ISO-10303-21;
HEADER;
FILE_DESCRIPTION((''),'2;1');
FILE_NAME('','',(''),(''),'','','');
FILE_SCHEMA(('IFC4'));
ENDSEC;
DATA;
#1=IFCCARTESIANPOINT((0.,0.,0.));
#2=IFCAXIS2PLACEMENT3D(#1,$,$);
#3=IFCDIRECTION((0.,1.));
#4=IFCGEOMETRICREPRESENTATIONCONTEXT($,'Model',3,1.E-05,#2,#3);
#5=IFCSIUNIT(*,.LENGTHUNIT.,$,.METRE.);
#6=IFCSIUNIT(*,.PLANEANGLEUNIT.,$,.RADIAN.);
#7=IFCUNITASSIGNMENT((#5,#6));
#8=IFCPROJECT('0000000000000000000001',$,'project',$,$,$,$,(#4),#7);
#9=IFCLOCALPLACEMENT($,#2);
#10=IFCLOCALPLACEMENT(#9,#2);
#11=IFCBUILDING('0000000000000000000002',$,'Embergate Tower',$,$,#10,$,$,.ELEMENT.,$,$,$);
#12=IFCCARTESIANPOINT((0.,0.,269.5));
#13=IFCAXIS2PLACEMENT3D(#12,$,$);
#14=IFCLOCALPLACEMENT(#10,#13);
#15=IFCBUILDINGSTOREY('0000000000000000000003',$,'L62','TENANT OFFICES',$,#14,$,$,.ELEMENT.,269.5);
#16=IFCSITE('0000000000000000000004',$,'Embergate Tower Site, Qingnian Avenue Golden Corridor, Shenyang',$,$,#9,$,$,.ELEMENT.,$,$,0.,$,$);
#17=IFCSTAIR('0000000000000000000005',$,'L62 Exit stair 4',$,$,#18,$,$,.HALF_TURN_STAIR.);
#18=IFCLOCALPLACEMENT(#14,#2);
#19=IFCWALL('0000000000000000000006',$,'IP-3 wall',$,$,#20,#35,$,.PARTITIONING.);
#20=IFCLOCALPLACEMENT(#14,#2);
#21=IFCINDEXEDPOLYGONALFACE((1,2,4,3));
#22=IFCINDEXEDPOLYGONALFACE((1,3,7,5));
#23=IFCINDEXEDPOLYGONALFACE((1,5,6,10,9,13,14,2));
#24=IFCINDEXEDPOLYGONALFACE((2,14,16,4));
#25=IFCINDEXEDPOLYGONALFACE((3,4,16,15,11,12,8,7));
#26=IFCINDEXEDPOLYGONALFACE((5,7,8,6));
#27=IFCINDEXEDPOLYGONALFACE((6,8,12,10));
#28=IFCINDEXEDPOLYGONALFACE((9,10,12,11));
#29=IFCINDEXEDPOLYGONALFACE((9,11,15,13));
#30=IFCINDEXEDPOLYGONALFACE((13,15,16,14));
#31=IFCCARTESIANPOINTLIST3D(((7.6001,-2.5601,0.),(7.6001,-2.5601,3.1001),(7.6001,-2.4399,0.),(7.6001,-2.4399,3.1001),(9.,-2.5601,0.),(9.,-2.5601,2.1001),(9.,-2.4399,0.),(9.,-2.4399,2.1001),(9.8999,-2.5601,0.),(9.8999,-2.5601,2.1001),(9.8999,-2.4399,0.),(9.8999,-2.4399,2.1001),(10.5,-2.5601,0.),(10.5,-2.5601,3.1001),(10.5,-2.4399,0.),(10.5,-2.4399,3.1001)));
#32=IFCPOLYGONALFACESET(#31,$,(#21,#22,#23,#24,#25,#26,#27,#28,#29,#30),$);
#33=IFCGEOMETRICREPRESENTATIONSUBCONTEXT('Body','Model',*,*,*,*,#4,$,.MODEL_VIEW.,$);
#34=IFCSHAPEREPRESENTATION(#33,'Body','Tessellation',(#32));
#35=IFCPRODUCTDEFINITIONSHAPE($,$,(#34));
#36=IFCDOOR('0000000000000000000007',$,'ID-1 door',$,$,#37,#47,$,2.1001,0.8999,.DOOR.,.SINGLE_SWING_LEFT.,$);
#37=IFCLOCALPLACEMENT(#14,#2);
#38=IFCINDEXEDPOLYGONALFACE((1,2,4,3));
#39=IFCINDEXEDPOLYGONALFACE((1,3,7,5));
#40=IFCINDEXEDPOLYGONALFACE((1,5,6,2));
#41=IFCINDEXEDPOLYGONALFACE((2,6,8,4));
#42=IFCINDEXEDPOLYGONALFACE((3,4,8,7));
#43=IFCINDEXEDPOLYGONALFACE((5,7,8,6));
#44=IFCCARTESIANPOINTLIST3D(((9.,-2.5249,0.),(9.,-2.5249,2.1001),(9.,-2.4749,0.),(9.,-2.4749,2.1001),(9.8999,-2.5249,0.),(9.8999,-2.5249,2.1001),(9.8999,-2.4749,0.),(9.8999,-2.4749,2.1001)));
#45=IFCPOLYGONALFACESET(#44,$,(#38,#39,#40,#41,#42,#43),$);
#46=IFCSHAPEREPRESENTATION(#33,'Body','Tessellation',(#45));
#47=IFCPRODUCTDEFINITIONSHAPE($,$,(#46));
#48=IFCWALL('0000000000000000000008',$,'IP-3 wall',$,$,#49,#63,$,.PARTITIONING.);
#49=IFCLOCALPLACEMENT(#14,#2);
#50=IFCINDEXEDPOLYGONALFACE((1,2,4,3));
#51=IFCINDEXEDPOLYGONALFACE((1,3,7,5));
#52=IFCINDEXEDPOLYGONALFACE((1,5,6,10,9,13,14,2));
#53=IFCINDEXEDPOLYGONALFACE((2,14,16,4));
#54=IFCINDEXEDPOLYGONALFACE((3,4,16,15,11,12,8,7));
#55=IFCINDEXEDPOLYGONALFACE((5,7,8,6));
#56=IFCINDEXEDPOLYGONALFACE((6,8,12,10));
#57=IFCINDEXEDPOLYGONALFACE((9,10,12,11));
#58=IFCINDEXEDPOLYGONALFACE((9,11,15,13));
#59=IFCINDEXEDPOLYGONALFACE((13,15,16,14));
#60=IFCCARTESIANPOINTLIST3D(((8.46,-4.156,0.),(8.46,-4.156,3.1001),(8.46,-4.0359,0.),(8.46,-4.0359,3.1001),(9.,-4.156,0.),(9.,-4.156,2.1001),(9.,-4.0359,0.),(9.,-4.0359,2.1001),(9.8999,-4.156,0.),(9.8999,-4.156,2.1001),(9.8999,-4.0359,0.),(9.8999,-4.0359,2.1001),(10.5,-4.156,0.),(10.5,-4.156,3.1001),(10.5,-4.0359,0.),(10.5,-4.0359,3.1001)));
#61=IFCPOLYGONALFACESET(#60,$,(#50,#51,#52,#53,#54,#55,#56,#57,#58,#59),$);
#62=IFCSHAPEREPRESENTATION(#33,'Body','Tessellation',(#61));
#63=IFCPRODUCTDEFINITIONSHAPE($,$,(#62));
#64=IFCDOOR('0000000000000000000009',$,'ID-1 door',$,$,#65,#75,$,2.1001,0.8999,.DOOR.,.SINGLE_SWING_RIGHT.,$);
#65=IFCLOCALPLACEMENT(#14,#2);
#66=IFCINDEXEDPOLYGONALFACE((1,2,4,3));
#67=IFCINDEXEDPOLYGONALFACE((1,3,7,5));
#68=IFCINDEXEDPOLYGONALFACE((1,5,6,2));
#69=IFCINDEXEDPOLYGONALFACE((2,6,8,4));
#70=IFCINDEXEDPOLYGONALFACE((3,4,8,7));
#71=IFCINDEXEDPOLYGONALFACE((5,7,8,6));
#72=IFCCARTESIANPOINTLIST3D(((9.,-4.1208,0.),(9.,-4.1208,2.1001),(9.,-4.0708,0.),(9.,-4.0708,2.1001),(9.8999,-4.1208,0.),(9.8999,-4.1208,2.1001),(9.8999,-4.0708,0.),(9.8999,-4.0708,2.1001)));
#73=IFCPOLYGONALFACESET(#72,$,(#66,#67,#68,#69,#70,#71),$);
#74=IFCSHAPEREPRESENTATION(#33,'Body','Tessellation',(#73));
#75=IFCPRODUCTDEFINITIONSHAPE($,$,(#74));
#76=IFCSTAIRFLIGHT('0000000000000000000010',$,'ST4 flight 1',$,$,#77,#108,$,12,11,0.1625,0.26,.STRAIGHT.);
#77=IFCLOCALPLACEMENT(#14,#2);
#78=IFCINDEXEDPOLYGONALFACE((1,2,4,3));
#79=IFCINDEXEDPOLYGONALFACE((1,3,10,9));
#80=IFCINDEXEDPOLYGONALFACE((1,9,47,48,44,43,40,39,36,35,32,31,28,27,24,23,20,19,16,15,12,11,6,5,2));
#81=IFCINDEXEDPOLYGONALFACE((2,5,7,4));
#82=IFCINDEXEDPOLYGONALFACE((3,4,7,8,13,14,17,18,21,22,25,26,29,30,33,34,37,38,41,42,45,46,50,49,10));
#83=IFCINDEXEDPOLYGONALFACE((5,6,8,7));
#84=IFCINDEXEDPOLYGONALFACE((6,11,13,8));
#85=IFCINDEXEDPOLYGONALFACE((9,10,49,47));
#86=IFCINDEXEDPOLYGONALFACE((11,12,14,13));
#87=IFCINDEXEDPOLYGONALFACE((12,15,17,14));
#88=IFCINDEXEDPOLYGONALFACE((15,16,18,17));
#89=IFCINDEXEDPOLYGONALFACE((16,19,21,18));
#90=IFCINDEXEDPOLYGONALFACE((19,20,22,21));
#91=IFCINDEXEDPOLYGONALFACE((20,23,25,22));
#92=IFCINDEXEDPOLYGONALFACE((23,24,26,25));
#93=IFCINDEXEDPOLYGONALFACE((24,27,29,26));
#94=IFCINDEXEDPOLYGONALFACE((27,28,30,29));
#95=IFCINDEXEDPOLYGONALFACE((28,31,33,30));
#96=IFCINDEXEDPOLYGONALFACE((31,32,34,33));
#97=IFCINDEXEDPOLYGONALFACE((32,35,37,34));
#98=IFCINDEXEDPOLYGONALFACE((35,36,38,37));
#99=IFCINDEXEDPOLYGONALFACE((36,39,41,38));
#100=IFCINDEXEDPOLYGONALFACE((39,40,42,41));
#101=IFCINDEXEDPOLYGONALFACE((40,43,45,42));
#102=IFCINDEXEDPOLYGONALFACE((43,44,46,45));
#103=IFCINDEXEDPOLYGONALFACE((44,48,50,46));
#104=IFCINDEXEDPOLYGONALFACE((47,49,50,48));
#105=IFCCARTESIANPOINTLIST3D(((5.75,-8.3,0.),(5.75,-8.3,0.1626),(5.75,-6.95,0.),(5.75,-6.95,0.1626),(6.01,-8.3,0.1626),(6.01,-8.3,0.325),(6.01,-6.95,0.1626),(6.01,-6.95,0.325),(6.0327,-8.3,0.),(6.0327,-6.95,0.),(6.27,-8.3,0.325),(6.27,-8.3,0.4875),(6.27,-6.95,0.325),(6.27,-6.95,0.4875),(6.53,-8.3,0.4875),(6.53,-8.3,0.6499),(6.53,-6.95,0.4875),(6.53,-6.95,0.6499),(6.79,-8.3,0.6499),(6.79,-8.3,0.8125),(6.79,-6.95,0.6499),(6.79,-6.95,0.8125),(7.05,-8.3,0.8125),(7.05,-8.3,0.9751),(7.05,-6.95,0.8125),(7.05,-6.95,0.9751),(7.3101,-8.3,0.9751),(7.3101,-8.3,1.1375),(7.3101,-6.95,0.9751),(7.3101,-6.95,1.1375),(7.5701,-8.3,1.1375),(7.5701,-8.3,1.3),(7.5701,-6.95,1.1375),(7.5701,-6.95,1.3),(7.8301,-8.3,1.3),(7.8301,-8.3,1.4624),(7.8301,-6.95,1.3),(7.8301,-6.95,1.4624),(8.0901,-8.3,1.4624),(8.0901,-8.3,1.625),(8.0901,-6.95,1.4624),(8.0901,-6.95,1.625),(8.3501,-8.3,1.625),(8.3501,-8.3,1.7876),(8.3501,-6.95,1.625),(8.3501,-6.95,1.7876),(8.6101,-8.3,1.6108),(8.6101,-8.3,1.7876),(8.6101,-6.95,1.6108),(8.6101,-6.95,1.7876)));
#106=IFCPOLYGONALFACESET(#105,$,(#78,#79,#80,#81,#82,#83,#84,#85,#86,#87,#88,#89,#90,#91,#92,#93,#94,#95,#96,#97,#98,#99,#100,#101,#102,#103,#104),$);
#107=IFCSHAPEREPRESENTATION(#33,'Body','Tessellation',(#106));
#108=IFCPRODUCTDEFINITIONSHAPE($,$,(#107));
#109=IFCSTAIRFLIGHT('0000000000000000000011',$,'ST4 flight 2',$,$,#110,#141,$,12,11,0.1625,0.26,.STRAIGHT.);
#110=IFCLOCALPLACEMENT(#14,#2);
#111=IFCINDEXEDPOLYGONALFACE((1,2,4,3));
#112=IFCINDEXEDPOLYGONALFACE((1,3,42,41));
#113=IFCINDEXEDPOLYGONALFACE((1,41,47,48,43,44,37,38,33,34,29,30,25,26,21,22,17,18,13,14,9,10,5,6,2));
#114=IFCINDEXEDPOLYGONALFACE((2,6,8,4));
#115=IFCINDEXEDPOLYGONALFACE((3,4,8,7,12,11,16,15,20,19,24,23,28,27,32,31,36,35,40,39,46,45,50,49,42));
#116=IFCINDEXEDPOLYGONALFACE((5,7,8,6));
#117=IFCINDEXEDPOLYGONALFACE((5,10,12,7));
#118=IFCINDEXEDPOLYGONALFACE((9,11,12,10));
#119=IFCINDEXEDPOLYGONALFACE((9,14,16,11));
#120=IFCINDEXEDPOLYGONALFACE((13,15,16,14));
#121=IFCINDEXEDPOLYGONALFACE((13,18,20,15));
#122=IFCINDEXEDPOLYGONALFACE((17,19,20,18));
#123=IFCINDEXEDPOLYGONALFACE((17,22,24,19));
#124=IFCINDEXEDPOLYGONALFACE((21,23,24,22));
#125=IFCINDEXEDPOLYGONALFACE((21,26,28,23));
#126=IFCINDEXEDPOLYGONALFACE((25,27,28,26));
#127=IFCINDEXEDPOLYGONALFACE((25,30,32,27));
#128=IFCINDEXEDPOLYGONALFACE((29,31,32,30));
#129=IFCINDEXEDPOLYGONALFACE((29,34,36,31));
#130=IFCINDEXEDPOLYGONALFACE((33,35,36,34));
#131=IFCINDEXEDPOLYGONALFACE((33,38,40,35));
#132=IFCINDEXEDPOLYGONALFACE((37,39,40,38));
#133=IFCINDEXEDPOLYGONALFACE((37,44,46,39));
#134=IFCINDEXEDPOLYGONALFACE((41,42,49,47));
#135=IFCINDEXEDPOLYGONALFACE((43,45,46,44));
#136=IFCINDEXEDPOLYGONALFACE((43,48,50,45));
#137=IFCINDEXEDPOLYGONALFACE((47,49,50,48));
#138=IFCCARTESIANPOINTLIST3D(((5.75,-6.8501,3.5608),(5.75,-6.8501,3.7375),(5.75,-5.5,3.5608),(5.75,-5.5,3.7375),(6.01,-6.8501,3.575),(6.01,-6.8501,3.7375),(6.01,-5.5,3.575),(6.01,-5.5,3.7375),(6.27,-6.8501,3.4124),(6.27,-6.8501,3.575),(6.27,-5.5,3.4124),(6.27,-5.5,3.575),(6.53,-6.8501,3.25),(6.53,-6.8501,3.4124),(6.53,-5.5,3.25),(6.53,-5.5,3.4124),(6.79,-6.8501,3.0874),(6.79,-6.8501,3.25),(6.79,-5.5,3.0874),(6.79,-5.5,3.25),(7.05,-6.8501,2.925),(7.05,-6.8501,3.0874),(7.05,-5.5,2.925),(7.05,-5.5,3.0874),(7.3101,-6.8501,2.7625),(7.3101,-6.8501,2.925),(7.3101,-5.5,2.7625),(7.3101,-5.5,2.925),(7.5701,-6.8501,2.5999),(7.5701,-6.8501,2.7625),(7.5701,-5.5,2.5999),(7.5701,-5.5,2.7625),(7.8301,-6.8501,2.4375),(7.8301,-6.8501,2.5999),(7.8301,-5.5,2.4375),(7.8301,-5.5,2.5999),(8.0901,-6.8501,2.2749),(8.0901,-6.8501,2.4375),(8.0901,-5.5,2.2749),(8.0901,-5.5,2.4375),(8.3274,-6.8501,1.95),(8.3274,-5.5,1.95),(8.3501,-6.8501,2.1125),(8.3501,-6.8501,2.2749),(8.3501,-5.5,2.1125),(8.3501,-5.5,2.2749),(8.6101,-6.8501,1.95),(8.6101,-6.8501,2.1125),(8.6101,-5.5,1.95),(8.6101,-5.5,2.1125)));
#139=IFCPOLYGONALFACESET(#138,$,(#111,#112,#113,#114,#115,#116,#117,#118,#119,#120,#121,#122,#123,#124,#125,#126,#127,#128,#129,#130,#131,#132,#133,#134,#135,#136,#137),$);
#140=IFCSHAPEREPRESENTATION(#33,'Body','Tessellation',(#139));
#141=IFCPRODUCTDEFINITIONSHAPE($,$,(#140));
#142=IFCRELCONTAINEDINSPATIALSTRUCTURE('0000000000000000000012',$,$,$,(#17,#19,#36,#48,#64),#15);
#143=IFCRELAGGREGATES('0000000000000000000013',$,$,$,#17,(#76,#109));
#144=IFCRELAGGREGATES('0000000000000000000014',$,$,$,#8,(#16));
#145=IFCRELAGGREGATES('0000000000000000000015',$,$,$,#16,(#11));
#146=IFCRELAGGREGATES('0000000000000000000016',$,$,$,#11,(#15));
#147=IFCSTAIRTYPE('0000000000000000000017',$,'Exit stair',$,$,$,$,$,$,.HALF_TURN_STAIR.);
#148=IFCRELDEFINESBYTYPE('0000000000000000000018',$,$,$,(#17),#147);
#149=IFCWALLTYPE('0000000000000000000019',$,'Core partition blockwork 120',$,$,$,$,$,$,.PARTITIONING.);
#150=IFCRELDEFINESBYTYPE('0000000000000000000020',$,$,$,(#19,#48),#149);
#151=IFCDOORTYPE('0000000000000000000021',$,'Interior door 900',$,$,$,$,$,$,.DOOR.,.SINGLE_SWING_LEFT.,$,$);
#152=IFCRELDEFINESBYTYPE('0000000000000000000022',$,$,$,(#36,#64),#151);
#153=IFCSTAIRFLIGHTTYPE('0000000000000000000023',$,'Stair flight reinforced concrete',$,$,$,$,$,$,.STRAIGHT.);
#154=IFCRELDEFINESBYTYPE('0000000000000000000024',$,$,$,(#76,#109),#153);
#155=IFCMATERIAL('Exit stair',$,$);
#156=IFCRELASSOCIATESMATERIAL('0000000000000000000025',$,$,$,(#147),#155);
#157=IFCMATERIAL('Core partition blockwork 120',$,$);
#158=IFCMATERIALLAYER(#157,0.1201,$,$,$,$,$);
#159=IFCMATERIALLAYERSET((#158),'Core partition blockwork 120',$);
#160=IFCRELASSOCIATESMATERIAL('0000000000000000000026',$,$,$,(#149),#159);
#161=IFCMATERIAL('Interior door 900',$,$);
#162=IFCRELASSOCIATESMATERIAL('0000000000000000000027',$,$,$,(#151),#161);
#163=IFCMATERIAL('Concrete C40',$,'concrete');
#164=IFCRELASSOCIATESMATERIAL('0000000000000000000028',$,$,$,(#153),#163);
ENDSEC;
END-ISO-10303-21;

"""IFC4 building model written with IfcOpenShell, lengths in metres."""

from ifc_helpers import new_model, si_unit, direction, frame, frame_2d, origin, place, context, subcontext, project, spatial, polyline, rectangle, outline, extrude, source, transform, mapped, material, layer, layer_set, type_object, element, fill, aggregate, save


model = new_model("IFC4")

# Units and contexts
model_context = context("Model", 3, precision=1e-05, world=origin(), true_north=direction((0.0, 1.0)))
body_context = subcontext(model_context, "Body", "Model", "MODEL_VIEW")
ifc_project = project(units=[si_unit("LENGTHUNIT", "METRE"), si_unit("PLANEANGLEUNIT", "RADIAN")], contexts=[model_context])

# Site, building, storey
site_placement = place(None, origin())
site = spatial("IfcSite", under=ifc_project, at=site_placement, Name="Embergate Tower Site, Qingnian Avenue Golden Corridor, Shenyang", CompositionType="ELEMENT", RefElevation=0.0)
building_placement = place(site_placement, origin())
building = spatial("IfcBuilding", under=site, at=building_placement, Name="Embergate Tower", CompositionType="ELEMENT")
storey_placement = place(building_placement, frame((0.0, 0.0, 269.5)))
storey = spatial("IfcBuildingStorey", under=building, at=storey_placement, Name="L62", Description="TENANT OFFICES", CompositionType="ELEMENT", Elevation=269.5)

# Stair
ifc_material_1 = material(Name="Exit stair")
stair_type = type_object("IfcStairType", Name="Exit stair", PredefinedType="HALF_TURN_STAIR", material=ifc_material_1)
stair_placement = place(storey_placement, origin())
stair = element("IfcStair", 1, at=stair_placement, inside=storey, type_object=stair_type, Name="L62 Exit stair 4", PredefinedType="HALF_TURN_STAIR")
ifc_material_2 = material(Name="Concrete C40", Category="concrete")

# Shared definitions
ifc_material_3 = material(Name="Core partition blockwork 120")
ifc_layer_1 = layer(ifc_material_3, 0.1201)
ifc_layer_set_1 = layer_set([ifc_layer_1], Name="Core partition blockwork 120")
wall_type_1 = type_object("IfcWallType", Name="Core partition blockwork 120", PredefinedType="PARTITIONING", material=ifc_layer_set_1)
shared_shape_1 = source(origin(), body_context, "Body", "SweptSolid", [
    extrude(rectangle(XDim=0.8999, YDim=2.1001, at=frame_2d((0.45, 1.05))), frame((0.0, 0.0701, 0.0), z_axis=(0.0, -1.0, 0.0), x_axis=(1.0, 0.0, 0.0)), (0.0, 0.0, 1.0), 0.1401),
])
ifc_material_4 = material(Name="Interior door 900")
door_type_1 = type_object("IfcDoorType", Name="Interior door 900", OperationType="SINGLE_SWING_LEFT", PredefinedType="DOOR", material=ifc_material_4)
shared_shape_2 = source(origin(), body_context, "Body", "SweptSolid", [
    extrude(rectangle(XDim=0.8999, YDim=2.1001, at=frame_2d((0.45, 1.05))), frame((0.0, 0.0249, 0.0), z_axis=(0.0, -1.0, 0.0), x_axis=(1.0, 0.0, 0.0)), (0.0, 0.0, 1.0), 0.05),
])

# Walls, openings, doors
shared_shape_3 = source(origin(), body_context, "Body", "SweptSolid", [
    extrude(rectangle(XDim=2.8999, YDim=0.1201, at=frame_2d((1.45, 0.0))), origin(), (0.0, 0.0, 1.0), 3.1001),
])
wall_1_placement = place(storey_placement, frame((10.5, -2.5, 0.0), z_axis=(0.0, 0.0, 1.0), x_axis=(-1.0, 0.0, 0.0)))
wall_1 = element("IfcWall", 2, at=wall_1_placement, inside=storey, type_object=wall_type_1, Name="IP-3 wall", PredefinedType="PARTITIONING", context=body_context, shape_type="MappedRepresentation", body=[
    mapped(shared_shape_3, transform((0.0, 0.0, 0.0))),
])
opening_1_placement = place(wall_1_placement, frame((0.6001, 0.0, 0.0)))
opening_1 = element("IfcOpeningElement", 3, at=opening_1_placement, cuts=wall_1, PredefinedType="OPENING", context=body_context, shape_type="MappedRepresentation", body=[
    mapped(shared_shape_1, transform((0.0, 0.0, 0.0))),
])
door_1_placement = place(opening_1_placement, origin())
door_1 = element("IfcDoor", 4, at=door_1_placement, inside=storey, type_object=door_type_1, Name="ID-1 door", OperationType="SINGLE_SWING_LEFT", OverallHeight=2.1001, OverallWidth=0.8999, PredefinedType="DOOR", context=body_context, shape_type="MappedRepresentation", body=[
    mapped(shared_shape_2, transform((0.0, 0.0, 0.0))),
])
fill(opening_1, door_1)
shared_shape_4 = source(origin(), body_context, "Body", "SweptSolid", [
    extrude(rectangle(XDim=2.04, YDim=0.1201, at=frame_2d((1.02, 0.0))), origin(), (0.0, 0.0, 1.0), 3.1001),
])
wall_2_placement = place(storey_placement, frame((10.5, -4.0959, 0.0), z_axis=(0.0, 0.0, 1.0), x_axis=(-1.0, 0.0, 0.0)))
wall_2 = element("IfcWall", 5, at=wall_2_placement, inside=storey, type_object=wall_type_1, Name="IP-3 wall", PredefinedType="PARTITIONING", context=body_context, shape_type="MappedRepresentation", body=[
    mapped(shared_shape_4, transform((0.0, 0.0, 0.0))),
])
opening_2_placement = place(wall_2_placement, frame((0.6001, 0.0, 0.0)))
opening_2 = element("IfcOpeningElement", 6, at=opening_2_placement, cuts=wall_2, PredefinedType="OPENING", context=body_context, shape_type="MappedRepresentation", body=[
    mapped(shared_shape_1, transform((0.0, 0.0, 0.0))),
])
door_2_placement = place(opening_2_placement, origin())
door_2 = element("IfcDoor", 7, at=door_2_placement, inside=storey, type_object=door_type_1, Name="ID-1 door", OperationType="SINGLE_SWING_RIGHT", OverallHeight=2.1001, OverallWidth=0.8999, PredefinedType="DOOR", context=body_context, shape_type="MappedRepresentation", body=[
    mapped(shared_shape_2, transform((0.0, 0.0, 0.0))),
])
fill(opening_2, door_2)

# Stair flights
stair_flight_type = type_object("IfcStairFlightType", Name="Stair flight reinforced concrete", PredefinedType="STRAIGHT", material=ifc_material_2)
shared_shape_5 = source(origin(), body_context, "Body", "SweptSolid", [
    extrude(outline(polyline([(0.0, 0.0), (0.0, 0.1626), (0.26, 0.1626), (0.26, 0.325), (0.52, 0.325), (0.52, 0.4875), (0.78, 0.4875), (0.78, 0.6499), (1.04, 0.6499), (1.04, 0.8125), (1.3, 0.8125), (1.3, 0.9751), (1.5601, 0.9751), (1.5601, 1.1375), (1.8201, 1.1375), (1.8201, 1.3), (2.0801, 1.3), (2.0801, 1.4624), (2.3401, 1.4624), (2.3401, 1.625), (2.6001, 1.625), (2.6001, 1.7876), (2.8601, 1.7876), (2.8601, 1.95), (2.8601, 1.6108), (0.2827, 0.0), (0.0, 0.0)])), frame((0.0, 0.675, 0.0), z_axis=(0.0, -1.0, 0.0), x_axis=(1.0, 0.0, 0.0)), (0.0, 0.0, 1.0), 1.3501),
])
stair_flight_1_placement = place(storey_placement, frame((5.75, -7.625, 0.0), z_axis=(0.0, 0.0, 1.0), x_axis=(1.0, 0.0, 0.0)))
stair_flight_1 = element("IfcStairFlight", 8, at=stair_flight_1_placement, type_object=stair_flight_type, Name="ST4 flight 1", NumberOfRisers=12, NumberOfTreads=11, PredefinedType="STRAIGHT", RiserHeight=0.1625, TreadLength=0.26, context=body_context, shape_type="MappedRepresentation", body=[
    mapped(shared_shape_5, transform((0.0, 0.0, 0.0))),
])
stair_flight_2_placement = place(storey_placement, frame((8.6101, -6.175, 1.95), z_axis=(0.0, 0.0, 1.0), x_axis=(-1.0, 0.0, 0.0)))
stair_flight_2 = element("IfcStairFlight", 9, at=stair_flight_2_placement, type_object=stair_flight_type, Name="ST4 flight 2", NumberOfRisers=12, NumberOfTreads=11, PredefinedType="STRAIGHT", RiserHeight=0.1625, TreadLength=0.26, context=body_context, shape_type="MappedRepresentation", body=[
    mapped(shared_shape_5, transform((0.0, 0.0, 0.0))),
])
aggregate(stair, [stair_flight_1, stair_flight_2])

save(model, "model.ifc")
